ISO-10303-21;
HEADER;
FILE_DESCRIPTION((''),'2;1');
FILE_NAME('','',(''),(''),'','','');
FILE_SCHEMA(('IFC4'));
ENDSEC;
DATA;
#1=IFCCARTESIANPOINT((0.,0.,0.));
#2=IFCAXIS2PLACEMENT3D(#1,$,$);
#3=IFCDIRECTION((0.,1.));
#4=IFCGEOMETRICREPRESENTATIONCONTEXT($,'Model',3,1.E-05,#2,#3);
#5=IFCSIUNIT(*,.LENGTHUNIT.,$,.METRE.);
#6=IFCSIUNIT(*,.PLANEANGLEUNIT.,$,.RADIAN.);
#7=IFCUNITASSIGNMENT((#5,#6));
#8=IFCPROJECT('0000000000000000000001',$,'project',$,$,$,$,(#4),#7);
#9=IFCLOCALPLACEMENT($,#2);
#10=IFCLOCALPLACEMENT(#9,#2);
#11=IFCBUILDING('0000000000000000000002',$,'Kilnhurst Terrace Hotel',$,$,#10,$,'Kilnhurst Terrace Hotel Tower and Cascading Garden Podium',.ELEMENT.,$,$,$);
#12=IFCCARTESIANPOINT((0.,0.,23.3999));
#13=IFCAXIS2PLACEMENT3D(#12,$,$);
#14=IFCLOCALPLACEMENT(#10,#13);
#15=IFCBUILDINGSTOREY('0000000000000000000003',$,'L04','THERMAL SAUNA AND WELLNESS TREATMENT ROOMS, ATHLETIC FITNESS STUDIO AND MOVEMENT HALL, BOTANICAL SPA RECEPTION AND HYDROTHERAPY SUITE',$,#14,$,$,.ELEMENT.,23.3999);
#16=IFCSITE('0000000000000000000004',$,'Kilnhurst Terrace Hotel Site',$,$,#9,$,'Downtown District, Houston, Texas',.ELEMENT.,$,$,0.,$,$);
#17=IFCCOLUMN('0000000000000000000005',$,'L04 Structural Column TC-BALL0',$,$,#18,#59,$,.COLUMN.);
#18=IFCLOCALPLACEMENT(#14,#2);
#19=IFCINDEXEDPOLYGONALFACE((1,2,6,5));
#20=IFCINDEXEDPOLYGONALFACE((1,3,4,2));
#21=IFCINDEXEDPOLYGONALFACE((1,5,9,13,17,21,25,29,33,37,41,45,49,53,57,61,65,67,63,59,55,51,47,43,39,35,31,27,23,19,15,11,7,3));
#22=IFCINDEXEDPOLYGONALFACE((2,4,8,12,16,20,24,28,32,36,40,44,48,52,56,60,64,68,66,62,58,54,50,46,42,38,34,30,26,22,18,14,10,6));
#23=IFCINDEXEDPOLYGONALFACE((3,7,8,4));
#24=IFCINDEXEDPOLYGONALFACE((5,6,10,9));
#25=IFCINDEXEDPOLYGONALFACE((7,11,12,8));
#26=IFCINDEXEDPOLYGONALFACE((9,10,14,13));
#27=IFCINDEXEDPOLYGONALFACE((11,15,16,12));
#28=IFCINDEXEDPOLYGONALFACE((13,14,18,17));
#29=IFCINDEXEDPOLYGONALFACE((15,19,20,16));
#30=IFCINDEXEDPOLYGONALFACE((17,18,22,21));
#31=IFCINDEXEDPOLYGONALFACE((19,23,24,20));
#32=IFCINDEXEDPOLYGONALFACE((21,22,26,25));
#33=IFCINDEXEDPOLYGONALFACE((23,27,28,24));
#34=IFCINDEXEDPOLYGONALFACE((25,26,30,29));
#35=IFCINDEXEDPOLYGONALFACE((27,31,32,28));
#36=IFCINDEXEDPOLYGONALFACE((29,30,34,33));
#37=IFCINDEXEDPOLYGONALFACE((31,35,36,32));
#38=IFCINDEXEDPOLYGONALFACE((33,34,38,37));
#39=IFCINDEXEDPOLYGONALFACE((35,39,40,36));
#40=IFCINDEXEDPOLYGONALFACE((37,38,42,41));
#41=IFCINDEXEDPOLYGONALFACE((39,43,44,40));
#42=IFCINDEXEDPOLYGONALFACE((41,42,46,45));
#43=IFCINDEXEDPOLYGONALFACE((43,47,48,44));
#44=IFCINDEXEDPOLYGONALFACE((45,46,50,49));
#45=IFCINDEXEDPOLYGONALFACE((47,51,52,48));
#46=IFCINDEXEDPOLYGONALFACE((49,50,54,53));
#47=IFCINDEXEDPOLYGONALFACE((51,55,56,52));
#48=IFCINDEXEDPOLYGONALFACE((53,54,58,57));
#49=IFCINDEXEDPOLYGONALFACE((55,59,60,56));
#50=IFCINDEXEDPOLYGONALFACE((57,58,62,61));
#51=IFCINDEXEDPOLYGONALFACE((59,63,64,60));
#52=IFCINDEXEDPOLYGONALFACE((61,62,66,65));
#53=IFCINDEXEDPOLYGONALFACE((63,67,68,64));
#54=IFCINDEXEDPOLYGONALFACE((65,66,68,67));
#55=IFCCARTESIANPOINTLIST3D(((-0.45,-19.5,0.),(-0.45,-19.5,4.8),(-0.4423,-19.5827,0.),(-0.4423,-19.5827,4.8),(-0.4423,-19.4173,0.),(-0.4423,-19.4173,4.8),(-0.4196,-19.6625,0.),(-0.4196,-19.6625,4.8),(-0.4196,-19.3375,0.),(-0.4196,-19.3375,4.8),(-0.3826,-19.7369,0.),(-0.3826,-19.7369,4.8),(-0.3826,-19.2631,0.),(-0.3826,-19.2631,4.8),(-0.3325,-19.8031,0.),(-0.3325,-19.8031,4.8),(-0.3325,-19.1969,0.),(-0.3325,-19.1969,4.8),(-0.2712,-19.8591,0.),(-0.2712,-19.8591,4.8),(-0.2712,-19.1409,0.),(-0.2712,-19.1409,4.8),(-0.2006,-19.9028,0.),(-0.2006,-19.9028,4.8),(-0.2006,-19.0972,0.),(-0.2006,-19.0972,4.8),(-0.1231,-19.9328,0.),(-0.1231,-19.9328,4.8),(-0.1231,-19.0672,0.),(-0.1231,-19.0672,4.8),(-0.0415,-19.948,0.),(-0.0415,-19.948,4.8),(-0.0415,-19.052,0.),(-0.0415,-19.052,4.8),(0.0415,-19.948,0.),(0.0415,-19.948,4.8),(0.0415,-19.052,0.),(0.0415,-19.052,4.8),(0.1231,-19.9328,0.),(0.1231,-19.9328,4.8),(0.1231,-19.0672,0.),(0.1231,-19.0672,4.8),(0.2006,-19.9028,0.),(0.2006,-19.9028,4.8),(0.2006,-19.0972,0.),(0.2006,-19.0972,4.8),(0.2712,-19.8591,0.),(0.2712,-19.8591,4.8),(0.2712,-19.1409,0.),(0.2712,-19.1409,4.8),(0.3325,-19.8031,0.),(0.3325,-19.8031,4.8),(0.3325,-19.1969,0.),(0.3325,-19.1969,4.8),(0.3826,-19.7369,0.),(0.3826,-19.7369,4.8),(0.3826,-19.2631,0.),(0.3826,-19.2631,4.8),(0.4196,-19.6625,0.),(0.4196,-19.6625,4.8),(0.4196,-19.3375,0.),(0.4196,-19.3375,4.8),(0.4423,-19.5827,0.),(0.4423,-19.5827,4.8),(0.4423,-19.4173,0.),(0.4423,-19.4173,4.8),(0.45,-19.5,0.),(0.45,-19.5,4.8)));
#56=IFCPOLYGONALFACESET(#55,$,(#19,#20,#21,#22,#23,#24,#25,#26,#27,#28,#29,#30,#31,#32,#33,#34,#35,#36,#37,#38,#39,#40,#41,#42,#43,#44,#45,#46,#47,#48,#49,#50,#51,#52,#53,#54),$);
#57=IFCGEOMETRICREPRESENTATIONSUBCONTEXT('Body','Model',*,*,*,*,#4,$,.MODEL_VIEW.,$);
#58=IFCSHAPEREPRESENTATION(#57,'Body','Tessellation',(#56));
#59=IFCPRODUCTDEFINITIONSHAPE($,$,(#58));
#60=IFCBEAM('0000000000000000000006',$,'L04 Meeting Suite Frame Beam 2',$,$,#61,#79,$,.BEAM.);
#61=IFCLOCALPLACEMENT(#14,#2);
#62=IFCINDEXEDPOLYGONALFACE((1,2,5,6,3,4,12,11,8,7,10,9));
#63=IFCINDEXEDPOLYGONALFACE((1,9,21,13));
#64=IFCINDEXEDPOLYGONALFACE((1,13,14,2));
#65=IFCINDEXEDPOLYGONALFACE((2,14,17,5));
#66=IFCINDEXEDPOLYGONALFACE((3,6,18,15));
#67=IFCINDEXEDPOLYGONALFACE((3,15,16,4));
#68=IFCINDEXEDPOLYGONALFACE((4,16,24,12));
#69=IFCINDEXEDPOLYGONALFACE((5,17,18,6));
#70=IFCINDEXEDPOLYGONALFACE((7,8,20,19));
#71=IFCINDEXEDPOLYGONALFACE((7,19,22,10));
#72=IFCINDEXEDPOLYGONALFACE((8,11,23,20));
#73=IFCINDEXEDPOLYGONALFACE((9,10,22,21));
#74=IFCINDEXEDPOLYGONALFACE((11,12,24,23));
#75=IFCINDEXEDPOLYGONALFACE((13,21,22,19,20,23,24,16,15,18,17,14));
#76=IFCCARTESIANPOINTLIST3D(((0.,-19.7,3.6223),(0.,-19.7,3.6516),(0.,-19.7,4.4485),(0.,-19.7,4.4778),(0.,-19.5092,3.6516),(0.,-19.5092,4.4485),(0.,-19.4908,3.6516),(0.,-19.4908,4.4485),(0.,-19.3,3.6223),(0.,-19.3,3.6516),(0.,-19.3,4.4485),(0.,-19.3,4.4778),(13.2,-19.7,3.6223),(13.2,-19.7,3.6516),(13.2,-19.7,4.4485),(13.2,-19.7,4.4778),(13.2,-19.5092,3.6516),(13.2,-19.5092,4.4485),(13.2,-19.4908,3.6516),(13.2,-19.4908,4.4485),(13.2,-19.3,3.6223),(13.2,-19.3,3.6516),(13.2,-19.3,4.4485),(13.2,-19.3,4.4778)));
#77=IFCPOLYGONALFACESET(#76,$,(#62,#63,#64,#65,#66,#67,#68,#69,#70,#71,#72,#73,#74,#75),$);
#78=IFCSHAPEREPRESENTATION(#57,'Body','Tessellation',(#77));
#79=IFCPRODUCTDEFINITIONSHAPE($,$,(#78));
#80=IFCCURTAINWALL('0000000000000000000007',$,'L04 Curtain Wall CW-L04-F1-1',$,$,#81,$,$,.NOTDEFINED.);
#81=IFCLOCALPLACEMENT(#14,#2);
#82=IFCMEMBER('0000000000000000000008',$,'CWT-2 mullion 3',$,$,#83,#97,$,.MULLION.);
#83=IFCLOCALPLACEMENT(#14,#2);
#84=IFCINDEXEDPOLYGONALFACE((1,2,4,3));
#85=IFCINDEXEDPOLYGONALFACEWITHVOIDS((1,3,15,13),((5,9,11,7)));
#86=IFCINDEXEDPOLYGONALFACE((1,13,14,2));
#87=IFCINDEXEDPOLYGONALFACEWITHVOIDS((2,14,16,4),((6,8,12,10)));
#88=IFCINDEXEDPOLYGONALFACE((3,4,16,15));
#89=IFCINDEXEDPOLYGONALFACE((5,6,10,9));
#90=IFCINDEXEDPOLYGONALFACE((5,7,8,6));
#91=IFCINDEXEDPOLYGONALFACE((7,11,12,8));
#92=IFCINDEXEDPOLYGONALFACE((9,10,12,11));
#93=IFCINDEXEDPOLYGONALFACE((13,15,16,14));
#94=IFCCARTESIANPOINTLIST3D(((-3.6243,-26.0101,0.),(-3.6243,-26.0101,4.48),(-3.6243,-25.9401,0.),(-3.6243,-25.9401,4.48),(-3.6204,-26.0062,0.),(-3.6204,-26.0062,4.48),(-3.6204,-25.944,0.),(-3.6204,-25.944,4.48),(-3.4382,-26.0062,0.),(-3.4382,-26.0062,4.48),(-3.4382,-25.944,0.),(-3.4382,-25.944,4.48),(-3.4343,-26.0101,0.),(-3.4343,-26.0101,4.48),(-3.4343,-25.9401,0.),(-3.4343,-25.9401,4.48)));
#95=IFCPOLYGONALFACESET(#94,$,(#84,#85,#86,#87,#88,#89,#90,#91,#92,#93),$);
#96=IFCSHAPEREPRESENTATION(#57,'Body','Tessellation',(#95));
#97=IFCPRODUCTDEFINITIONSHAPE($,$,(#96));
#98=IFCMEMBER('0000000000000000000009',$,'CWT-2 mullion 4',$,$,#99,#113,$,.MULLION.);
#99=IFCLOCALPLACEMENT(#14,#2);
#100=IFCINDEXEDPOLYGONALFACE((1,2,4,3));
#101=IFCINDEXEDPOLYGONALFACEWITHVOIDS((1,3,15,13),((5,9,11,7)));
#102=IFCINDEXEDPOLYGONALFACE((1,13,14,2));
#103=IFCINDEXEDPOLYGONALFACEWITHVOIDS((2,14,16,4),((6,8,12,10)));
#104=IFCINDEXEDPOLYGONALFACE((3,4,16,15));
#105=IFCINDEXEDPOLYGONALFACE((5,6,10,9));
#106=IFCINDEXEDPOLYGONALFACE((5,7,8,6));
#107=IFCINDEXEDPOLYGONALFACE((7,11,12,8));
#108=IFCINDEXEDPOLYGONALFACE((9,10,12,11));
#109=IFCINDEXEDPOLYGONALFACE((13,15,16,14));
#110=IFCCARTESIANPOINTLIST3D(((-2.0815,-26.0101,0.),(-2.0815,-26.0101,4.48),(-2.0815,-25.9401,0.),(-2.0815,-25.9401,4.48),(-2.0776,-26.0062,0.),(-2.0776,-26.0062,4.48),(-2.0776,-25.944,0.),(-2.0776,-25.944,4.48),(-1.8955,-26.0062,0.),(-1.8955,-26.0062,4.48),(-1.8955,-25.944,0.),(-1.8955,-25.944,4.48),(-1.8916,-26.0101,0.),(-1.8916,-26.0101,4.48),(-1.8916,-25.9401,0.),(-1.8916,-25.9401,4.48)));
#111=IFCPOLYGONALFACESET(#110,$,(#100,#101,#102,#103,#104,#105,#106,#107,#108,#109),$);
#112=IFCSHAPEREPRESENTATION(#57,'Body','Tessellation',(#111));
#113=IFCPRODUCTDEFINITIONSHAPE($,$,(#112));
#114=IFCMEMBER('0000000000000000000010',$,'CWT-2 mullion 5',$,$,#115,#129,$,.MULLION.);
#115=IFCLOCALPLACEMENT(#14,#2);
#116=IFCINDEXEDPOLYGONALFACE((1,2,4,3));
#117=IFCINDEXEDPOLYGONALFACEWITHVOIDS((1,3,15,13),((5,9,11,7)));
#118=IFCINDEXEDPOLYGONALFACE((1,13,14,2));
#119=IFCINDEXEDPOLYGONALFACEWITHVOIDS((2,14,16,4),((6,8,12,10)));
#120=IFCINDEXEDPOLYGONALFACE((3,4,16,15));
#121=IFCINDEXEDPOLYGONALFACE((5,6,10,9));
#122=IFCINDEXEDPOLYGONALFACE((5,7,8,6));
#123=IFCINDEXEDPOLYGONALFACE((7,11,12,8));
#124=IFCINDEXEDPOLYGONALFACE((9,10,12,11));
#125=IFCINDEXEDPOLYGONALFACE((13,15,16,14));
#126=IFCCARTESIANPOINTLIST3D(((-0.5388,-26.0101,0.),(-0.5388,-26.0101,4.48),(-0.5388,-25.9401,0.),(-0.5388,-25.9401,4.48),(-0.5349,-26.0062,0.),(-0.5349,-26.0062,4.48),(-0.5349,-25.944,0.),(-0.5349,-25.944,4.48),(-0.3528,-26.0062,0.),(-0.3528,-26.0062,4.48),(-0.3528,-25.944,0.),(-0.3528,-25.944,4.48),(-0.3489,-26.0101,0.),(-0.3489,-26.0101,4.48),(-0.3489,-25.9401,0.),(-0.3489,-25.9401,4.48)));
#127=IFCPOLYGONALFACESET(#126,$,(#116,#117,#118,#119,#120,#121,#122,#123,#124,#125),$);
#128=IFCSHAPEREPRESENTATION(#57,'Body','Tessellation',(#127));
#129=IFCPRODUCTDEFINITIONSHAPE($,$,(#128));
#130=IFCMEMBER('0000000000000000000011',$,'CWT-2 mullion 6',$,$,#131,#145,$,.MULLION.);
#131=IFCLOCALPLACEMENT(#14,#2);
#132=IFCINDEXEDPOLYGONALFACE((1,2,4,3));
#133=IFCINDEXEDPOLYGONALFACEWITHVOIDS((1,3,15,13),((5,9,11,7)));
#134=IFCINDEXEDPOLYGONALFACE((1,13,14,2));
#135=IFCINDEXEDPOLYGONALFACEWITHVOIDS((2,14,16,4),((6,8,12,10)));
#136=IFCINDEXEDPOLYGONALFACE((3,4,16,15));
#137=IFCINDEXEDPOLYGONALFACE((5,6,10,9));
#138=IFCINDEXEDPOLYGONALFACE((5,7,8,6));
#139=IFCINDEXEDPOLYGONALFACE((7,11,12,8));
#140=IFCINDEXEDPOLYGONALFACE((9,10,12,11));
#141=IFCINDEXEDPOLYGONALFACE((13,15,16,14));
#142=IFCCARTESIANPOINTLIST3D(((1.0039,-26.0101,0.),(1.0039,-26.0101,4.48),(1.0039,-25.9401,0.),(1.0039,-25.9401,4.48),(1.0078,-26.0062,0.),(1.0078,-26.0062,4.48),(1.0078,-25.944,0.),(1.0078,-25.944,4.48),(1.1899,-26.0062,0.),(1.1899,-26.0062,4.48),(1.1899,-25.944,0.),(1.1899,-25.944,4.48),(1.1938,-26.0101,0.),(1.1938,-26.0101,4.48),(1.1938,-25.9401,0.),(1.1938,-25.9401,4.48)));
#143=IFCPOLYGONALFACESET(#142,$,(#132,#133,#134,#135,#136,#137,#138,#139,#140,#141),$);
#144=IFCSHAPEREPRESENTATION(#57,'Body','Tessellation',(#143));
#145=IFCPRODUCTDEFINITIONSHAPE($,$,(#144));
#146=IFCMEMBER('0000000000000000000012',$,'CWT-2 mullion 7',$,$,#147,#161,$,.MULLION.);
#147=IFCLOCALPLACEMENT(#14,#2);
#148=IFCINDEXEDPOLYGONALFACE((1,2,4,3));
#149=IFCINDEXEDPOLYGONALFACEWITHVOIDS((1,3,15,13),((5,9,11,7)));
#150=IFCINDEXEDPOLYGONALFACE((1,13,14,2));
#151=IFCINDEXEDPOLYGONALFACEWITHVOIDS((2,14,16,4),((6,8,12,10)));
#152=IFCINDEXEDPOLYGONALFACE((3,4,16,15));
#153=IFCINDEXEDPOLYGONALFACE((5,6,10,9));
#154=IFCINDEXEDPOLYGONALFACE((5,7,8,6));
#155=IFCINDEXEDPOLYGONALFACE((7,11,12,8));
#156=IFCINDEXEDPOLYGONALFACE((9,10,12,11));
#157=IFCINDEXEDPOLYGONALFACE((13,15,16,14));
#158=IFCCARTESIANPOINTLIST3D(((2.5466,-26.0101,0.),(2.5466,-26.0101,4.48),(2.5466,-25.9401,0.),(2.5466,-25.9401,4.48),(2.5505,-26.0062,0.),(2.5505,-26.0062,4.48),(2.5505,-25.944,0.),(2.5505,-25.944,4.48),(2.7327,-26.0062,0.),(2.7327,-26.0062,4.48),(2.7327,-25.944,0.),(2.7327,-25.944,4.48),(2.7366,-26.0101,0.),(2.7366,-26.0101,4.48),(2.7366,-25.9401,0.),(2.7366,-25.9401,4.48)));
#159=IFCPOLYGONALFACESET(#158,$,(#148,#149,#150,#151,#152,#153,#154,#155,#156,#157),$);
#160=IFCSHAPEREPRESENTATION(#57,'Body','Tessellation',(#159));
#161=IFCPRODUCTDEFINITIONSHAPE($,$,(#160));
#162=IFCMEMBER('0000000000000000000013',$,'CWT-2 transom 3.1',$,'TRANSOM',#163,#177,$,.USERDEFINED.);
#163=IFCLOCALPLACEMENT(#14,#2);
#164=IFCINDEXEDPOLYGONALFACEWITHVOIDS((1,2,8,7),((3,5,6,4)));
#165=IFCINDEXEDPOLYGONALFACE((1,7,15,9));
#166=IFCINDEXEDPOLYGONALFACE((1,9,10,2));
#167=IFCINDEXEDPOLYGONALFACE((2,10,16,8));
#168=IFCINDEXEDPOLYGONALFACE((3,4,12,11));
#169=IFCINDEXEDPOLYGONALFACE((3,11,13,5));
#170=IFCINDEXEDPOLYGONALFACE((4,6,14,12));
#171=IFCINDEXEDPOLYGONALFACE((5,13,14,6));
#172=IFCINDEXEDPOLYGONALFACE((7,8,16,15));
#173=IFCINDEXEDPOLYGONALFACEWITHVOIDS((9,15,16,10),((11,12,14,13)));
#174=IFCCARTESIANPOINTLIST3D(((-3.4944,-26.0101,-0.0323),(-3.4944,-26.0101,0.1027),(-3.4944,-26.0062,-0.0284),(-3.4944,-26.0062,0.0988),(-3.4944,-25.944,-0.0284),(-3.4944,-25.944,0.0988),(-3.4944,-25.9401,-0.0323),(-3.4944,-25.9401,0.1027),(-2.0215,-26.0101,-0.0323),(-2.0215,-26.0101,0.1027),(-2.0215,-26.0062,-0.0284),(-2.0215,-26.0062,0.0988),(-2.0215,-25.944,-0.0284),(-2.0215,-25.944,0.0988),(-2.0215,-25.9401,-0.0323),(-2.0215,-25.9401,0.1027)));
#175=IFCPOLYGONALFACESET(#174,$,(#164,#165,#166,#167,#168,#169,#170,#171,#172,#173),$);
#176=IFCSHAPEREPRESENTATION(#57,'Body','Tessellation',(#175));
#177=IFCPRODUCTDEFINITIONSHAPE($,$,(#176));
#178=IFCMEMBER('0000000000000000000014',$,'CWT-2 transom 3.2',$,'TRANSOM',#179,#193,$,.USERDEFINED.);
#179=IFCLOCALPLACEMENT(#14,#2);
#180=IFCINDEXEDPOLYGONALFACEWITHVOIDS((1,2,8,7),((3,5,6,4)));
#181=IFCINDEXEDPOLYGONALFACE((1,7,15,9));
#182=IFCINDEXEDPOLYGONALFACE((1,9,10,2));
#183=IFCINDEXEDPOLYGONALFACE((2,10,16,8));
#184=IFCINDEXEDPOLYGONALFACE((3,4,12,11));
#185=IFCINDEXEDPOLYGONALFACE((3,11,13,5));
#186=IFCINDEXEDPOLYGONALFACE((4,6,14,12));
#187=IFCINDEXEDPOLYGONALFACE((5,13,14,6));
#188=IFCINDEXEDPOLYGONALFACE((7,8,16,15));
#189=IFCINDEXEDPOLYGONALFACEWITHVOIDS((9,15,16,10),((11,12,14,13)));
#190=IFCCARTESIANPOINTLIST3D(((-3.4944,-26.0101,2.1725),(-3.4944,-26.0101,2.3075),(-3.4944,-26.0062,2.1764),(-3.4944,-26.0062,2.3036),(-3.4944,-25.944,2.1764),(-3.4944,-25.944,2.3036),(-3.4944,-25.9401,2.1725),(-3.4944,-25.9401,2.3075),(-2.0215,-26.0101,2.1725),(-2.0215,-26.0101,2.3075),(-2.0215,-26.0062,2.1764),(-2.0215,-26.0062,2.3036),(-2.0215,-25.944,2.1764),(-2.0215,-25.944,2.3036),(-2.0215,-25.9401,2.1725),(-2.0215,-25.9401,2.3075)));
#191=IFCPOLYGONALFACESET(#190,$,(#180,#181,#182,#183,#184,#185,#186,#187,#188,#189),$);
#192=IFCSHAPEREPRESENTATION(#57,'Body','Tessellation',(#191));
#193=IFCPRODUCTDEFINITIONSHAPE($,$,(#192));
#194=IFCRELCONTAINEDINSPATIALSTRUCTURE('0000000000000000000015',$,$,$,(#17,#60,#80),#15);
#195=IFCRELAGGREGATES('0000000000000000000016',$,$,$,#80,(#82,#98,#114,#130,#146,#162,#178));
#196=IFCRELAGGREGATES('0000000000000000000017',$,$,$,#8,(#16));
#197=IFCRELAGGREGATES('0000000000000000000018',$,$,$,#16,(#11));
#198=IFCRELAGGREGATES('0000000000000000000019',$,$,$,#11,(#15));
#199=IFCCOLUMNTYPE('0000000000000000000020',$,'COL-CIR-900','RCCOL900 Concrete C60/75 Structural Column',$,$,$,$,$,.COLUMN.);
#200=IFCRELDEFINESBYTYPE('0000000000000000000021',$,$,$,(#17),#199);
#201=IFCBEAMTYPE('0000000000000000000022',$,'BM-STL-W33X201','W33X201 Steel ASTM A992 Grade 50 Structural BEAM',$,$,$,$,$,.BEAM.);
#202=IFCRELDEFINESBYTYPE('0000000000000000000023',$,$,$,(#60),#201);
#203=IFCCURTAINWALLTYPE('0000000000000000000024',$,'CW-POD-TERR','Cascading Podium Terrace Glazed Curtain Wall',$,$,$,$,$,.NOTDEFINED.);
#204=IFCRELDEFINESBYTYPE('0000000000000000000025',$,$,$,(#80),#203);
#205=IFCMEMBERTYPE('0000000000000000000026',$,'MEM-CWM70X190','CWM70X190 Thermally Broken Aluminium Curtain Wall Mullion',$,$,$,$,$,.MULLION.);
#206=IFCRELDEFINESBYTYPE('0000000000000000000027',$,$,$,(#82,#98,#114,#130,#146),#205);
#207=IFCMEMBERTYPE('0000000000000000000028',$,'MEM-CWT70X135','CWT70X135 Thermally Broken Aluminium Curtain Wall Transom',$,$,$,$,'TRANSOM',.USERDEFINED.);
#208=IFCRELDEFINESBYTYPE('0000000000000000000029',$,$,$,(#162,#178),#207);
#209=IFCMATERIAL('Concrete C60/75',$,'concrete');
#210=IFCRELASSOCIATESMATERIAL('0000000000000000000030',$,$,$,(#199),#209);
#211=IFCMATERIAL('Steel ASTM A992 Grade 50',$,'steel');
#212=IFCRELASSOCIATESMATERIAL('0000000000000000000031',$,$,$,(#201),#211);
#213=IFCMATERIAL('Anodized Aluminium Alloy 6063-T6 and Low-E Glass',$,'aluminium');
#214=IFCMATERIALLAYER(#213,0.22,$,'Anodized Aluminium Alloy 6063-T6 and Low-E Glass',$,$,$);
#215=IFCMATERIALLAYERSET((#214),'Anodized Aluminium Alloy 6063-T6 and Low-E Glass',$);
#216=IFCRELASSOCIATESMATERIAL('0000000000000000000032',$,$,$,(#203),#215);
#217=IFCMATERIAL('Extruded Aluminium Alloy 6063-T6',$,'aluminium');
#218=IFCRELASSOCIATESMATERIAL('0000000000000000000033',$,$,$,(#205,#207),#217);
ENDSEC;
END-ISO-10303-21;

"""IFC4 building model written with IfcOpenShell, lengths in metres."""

from ifc_helpers import new_model, si_unit, direction, frame, origin, origin_2d, place, context, subcontext, project, spatial, hollow_rectangle, circle, i_section, extrude, material, layer, layer_set, material_profile, profile_set, type_object, element, aggregate, save


model = new_model("IFC4")

# Units and contexts
model_context = context("Model", 3, precision=1e-05, world=origin(), true_north=direction((0.0, 1.0)))
body_context = subcontext(model_context, "Body", "Model", "MODEL_VIEW")
ifc_project = project(units=[si_unit("LENGTHUNIT", "METRE"), si_unit("PLANEANGLEUNIT", "RADIAN")], contexts=[model_context])

# Site, building, storey
site_placement = place(None, origin())
site = spatial("IfcSite", under=ifc_project, at=site_placement, Name="Kilnhurst Terrace Hotel Site", LongName="Downtown District, Houston, Texas", CompositionType="ELEMENT", RefElevation=0.0)
building_placement = place(site_placement, origin())
building = spatial("IfcBuilding", under=site, at=building_placement, Name="Kilnhurst Terrace Hotel", LongName="Kilnhurst Terrace Hotel Tower and Cascading Garden Podium", CompositionType="ELEMENT")
storey_placement = place(building_placement, frame((0.0, 0.0, 23.3999)))
storey = spatial("IfcBuildingStorey", under=building, at=storey_placement, Name="L04", Description="THERMAL SAUNA AND WELLNESS TREATMENT ROOMS, ATHLETIC FITNESS STUDIO AND MOVEMENT HALL, BOTANICAL SPA RECEPTION AND HYDROTHERAPY SUITE", CompositionType="ELEMENT", Elevation=23.3999)

# Column
ifc_material_1 = material(Name="Concrete C60/75", Category="concrete")
ifc_material_profile_1 = material_profile(ifc_material_1, circle(Radius=0.45, at=origin_2d()), Name="RCCOL900")
ifc_profile_set_1 = profile_set([ifc_material_profile_1], Name="Concrete C60/75")
column_type = type_object("IfcColumnType", Name="COL-CIR-900", Description="RCCOL900 Concrete C60/75 Structural Column", PredefinedType="COLUMN", material=ifc_profile_set_1)
column_placement = place(storey_placement, frame((0.0, -19.5, 0.0), z_axis=(0.0, 0.0, 1.0), x_axis=(1.0, 0.0, 0.0)))
element("IfcColumn", 1, at=column_placement, inside=storey, type_object=column_type, Name="L04 Structural Column TC-BALL0", PredefinedType="COLUMN", context=body_context, shape_type="SweptSolid", body=[
    extrude(circle(Radius=0.45, at=origin_2d()), origin(), (0.0, 0.0, 1.0), 4.8),
])

# Beam
ifc_material_2 = material(Name="Steel ASTM A992 Grade 50", Category="steel")
ifc_material_profile_2 = material_profile(ifc_material_2, i_section(OverallWidth=0.3999, OverallDepth=0.8555, WebThickness=0.0183, FlangeThickness=0.0293, at=origin_2d()), Name="W33X201")
ifc_profile_set_2 = profile_set([ifc_material_profile_2], Name="Steel ASTM A992 Grade 50")
beam_type = type_object("IfcBeamType", Name="BM-STL-W33X201", Description="W33X201 Steel ASTM A992 Grade 50 Structural BEAM", PredefinedType="BEAM", material=ifc_profile_set_2)
beam_placement = place(storey_placement, frame((0.0, -19.5, 4.05), z_axis=(1.0, 0.0, 0.0), x_axis=(0.0, 1.0, 0.0)))
element("IfcBeam", 2, at=beam_placement, inside=storey, type_object=beam_type, Name="L04 Meeting Suite Frame Beam 2", PredefinedType="BEAM", context=body_context, shape_type="SweptSolid", body=[
    extrude(i_section(OverallWidth=0.3999, OverallDepth=0.8555, WebThickness=0.0183, FlangeThickness=0.0293, at=origin_2d()), origin(), (0.0, 0.0, 1.0), 13.2),
])

# Curtain wall, members
ifc_material_3 = material(Name="Anodized Aluminium Alloy 6063-T6 and Low-E Glass", Category="aluminium")
ifc_layer_1 = layer(ifc_material_3, 0.22, Name="Anodized Aluminium Alloy 6063-T6 and Low-E Glass")
ifc_layer_set_1 = layer_set([ifc_layer_1], Name="Anodized Aluminium Alloy 6063-T6 and Low-E Glass")
curtain_wall_type = type_object("IfcCurtainWallType", Name="CW-POD-TERR", Description="Cascading Podium Terrace Glazed Curtain Wall", PredefinedType="NOTDEFINED", material=ifc_layer_set_1)
curtain_wall_placement = place(storey_placement, origin())
curtain_wall = element("IfcCurtainWall", 3, at=curtain_wall_placement, inside=storey, type_object=curtain_wall_type, Name="L04 Curtain Wall CW-L04-F1-1", PredefinedType="NOTDEFINED")
ifc_material_4 = material(Name="Extruded Aluminium Alloy 6063-T6", Category="aluminium")
ifc_material_profile_3 = material_profile(ifc_material_4, hollow_rectangle(XDim=0.0701, YDim=0.1899, WallThickness=0.0039, at=origin_2d()), Name="CWM70X190")
ifc_profile_set_3 = profile_set([ifc_material_profile_3], Name="Extruded Aluminium Alloy 6063-T6")
member_type_1 = type_object("IfcMemberType", Name="MEM-CWM70X190", Description="CWM70X190 Thermally Broken Aluminium Curtain Wall Mullion", PredefinedType="MULLION", material=ifc_profile_set_3)
member_1_placement = place(storey_placement, frame((-3.5293, -25.9751, 0.0), z_axis=(0.0, 0.0, 1.0), x_axis=(0.0, 1.0, 0.0)))
member_1 = element("IfcMember", 4, at=member_1_placement, type_object=member_type_1, Name="CWT-2 mullion 3", PredefinedType="MULLION", context=body_context, shape_type="SweptSolid", body=[
    extrude(hollow_rectangle(XDim=0.0701, YDim=0.1899, WallThickness=0.0039, at=origin_2d()), origin(), (0.0, 0.0, 1.0), 4.48),
])
member_2_placement = place(storey_placement, frame((-1.9866, -25.9751, 0.0), z_axis=(0.0, 0.0, 1.0), x_axis=(0.0, 1.0, 0.0)))
member_2 = element("IfcMember", 5, at=member_2_placement, type_object=member_type_1, Name="CWT-2 mullion 4", PredefinedType="MULLION", context=body_context, shape_type="SweptSolid", body=[
    extrude(hollow_rectangle(XDim=0.0701, YDim=0.1899, WallThickness=0.0039, at=origin_2d()), origin(), (0.0, 0.0, 1.0), 4.48),
])
member_3_placement = place(storey_placement, frame((-0.4438, -25.9751, 0.0), z_axis=(0.0, 0.0, 1.0), x_axis=(0.0, 1.0, 0.0)))
member_3 = element("IfcMember", 6, at=member_3_placement, type_object=member_type_1, Name="CWT-2 mullion 5", PredefinedType="MULLION", context=body_context, shape_type="SweptSolid", body=[
    extrude(hollow_rectangle(XDim=0.0701, YDim=0.1899, WallThickness=0.0039, at=origin_2d()), origin(), (0.0, 0.0, 1.0), 4.48),
])
member_4_placement = place(storey_placement, frame((1.0989, -25.9751, 0.0), z_axis=(0.0, 0.0, 1.0), x_axis=(0.0, 1.0, 0.0)))
member_4 = element("IfcMember", 7, at=member_4_placement, type_object=member_type_1, Name="CWT-2 mullion 6", PredefinedType="MULLION", context=body_context, shape_type="SweptSolid", body=[
    extrude(hollow_rectangle(XDim=0.0701, YDim=0.1899, WallThickness=0.0039, at=origin_2d()), origin(), (0.0, 0.0, 1.0), 4.48),
])
member_5_placement = place(storey_placement, frame((2.6416, -25.9751, 0.0), z_axis=(0.0, 0.0, 1.0), x_axis=(0.0, 1.0, 0.0)))
member_5 = element("IfcMember", 8, at=member_5_placement, type_object=member_type_1, Name="CWT-2 mullion 7", PredefinedType="MULLION", context=body_context, shape_type="SweptSolid", body=[
    extrude(hollow_rectangle(XDim=0.0701, YDim=0.1899, WallThickness=0.0039, at=origin_2d()), origin(), (0.0, 0.0, 1.0), 4.48),
])
ifc_material_profile_4 = material_profile(ifc_material_4, hollow_rectangle(XDim=0.0701, YDim=0.135, WallThickness=0.0039, at=origin_2d()), Name="CWT70X135")
ifc_profile_set_4 = profile_set([ifc_material_profile_4], Name="Extruded Aluminium Alloy 6063-T6")
member_type_2 = type_object("IfcMemberType", Name="MEM-CWT70X135", Description="CWT70X135 Thermally Broken Aluminium Curtain Wall Transom", ElementType="TRANSOM", PredefinedType="USERDEFINED", material=ifc_profile_set_4)
member_6_placement = place(storey_placement, frame((-3.4944, -25.9751, 0.0352), z_axis=(1.0, 0.0, 0.0), x_axis=(0.0, 1.0, 0.0)))
member_6 = element("IfcMember", 9, at=member_6_placement, type_object=member_type_2, Name="CWT-2 transom 3.1", ObjectType="TRANSOM", PredefinedType="USERDEFINED", context=body_context, shape_type="SweptSolid", body=[
    extrude(hollow_rectangle(XDim=0.0701, YDim=0.135, WallThickness=0.0039, at=origin_2d()), origin(), (0.0, 0.0, 1.0), 1.4729),
])
member_7_placement = place(storey_placement, frame((-3.4944, -25.9751, 2.24), z_axis=(1.0, 0.0, 0.0), x_axis=(0.0, 1.0, 0.0)))
member_7 = element("IfcMember", 10, at=member_7_placement, type_object=member_type_2, Name="CWT-2 transom 3.2", ObjectType="TRANSOM", PredefinedType="USERDEFINED", context=body_context, shape_type="SweptSolid", body=[
    extrude(hollow_rectangle(XDim=0.0701, YDim=0.135, WallThickness=0.0039, at=origin_2d()), origin(), (0.0, 0.0, 1.0), 1.4729),
])
aggregate(curtain_wall, [member_1, member_2, member_3, member_4, member_5, member_6, member_7])

save(model, "model.ifc")
